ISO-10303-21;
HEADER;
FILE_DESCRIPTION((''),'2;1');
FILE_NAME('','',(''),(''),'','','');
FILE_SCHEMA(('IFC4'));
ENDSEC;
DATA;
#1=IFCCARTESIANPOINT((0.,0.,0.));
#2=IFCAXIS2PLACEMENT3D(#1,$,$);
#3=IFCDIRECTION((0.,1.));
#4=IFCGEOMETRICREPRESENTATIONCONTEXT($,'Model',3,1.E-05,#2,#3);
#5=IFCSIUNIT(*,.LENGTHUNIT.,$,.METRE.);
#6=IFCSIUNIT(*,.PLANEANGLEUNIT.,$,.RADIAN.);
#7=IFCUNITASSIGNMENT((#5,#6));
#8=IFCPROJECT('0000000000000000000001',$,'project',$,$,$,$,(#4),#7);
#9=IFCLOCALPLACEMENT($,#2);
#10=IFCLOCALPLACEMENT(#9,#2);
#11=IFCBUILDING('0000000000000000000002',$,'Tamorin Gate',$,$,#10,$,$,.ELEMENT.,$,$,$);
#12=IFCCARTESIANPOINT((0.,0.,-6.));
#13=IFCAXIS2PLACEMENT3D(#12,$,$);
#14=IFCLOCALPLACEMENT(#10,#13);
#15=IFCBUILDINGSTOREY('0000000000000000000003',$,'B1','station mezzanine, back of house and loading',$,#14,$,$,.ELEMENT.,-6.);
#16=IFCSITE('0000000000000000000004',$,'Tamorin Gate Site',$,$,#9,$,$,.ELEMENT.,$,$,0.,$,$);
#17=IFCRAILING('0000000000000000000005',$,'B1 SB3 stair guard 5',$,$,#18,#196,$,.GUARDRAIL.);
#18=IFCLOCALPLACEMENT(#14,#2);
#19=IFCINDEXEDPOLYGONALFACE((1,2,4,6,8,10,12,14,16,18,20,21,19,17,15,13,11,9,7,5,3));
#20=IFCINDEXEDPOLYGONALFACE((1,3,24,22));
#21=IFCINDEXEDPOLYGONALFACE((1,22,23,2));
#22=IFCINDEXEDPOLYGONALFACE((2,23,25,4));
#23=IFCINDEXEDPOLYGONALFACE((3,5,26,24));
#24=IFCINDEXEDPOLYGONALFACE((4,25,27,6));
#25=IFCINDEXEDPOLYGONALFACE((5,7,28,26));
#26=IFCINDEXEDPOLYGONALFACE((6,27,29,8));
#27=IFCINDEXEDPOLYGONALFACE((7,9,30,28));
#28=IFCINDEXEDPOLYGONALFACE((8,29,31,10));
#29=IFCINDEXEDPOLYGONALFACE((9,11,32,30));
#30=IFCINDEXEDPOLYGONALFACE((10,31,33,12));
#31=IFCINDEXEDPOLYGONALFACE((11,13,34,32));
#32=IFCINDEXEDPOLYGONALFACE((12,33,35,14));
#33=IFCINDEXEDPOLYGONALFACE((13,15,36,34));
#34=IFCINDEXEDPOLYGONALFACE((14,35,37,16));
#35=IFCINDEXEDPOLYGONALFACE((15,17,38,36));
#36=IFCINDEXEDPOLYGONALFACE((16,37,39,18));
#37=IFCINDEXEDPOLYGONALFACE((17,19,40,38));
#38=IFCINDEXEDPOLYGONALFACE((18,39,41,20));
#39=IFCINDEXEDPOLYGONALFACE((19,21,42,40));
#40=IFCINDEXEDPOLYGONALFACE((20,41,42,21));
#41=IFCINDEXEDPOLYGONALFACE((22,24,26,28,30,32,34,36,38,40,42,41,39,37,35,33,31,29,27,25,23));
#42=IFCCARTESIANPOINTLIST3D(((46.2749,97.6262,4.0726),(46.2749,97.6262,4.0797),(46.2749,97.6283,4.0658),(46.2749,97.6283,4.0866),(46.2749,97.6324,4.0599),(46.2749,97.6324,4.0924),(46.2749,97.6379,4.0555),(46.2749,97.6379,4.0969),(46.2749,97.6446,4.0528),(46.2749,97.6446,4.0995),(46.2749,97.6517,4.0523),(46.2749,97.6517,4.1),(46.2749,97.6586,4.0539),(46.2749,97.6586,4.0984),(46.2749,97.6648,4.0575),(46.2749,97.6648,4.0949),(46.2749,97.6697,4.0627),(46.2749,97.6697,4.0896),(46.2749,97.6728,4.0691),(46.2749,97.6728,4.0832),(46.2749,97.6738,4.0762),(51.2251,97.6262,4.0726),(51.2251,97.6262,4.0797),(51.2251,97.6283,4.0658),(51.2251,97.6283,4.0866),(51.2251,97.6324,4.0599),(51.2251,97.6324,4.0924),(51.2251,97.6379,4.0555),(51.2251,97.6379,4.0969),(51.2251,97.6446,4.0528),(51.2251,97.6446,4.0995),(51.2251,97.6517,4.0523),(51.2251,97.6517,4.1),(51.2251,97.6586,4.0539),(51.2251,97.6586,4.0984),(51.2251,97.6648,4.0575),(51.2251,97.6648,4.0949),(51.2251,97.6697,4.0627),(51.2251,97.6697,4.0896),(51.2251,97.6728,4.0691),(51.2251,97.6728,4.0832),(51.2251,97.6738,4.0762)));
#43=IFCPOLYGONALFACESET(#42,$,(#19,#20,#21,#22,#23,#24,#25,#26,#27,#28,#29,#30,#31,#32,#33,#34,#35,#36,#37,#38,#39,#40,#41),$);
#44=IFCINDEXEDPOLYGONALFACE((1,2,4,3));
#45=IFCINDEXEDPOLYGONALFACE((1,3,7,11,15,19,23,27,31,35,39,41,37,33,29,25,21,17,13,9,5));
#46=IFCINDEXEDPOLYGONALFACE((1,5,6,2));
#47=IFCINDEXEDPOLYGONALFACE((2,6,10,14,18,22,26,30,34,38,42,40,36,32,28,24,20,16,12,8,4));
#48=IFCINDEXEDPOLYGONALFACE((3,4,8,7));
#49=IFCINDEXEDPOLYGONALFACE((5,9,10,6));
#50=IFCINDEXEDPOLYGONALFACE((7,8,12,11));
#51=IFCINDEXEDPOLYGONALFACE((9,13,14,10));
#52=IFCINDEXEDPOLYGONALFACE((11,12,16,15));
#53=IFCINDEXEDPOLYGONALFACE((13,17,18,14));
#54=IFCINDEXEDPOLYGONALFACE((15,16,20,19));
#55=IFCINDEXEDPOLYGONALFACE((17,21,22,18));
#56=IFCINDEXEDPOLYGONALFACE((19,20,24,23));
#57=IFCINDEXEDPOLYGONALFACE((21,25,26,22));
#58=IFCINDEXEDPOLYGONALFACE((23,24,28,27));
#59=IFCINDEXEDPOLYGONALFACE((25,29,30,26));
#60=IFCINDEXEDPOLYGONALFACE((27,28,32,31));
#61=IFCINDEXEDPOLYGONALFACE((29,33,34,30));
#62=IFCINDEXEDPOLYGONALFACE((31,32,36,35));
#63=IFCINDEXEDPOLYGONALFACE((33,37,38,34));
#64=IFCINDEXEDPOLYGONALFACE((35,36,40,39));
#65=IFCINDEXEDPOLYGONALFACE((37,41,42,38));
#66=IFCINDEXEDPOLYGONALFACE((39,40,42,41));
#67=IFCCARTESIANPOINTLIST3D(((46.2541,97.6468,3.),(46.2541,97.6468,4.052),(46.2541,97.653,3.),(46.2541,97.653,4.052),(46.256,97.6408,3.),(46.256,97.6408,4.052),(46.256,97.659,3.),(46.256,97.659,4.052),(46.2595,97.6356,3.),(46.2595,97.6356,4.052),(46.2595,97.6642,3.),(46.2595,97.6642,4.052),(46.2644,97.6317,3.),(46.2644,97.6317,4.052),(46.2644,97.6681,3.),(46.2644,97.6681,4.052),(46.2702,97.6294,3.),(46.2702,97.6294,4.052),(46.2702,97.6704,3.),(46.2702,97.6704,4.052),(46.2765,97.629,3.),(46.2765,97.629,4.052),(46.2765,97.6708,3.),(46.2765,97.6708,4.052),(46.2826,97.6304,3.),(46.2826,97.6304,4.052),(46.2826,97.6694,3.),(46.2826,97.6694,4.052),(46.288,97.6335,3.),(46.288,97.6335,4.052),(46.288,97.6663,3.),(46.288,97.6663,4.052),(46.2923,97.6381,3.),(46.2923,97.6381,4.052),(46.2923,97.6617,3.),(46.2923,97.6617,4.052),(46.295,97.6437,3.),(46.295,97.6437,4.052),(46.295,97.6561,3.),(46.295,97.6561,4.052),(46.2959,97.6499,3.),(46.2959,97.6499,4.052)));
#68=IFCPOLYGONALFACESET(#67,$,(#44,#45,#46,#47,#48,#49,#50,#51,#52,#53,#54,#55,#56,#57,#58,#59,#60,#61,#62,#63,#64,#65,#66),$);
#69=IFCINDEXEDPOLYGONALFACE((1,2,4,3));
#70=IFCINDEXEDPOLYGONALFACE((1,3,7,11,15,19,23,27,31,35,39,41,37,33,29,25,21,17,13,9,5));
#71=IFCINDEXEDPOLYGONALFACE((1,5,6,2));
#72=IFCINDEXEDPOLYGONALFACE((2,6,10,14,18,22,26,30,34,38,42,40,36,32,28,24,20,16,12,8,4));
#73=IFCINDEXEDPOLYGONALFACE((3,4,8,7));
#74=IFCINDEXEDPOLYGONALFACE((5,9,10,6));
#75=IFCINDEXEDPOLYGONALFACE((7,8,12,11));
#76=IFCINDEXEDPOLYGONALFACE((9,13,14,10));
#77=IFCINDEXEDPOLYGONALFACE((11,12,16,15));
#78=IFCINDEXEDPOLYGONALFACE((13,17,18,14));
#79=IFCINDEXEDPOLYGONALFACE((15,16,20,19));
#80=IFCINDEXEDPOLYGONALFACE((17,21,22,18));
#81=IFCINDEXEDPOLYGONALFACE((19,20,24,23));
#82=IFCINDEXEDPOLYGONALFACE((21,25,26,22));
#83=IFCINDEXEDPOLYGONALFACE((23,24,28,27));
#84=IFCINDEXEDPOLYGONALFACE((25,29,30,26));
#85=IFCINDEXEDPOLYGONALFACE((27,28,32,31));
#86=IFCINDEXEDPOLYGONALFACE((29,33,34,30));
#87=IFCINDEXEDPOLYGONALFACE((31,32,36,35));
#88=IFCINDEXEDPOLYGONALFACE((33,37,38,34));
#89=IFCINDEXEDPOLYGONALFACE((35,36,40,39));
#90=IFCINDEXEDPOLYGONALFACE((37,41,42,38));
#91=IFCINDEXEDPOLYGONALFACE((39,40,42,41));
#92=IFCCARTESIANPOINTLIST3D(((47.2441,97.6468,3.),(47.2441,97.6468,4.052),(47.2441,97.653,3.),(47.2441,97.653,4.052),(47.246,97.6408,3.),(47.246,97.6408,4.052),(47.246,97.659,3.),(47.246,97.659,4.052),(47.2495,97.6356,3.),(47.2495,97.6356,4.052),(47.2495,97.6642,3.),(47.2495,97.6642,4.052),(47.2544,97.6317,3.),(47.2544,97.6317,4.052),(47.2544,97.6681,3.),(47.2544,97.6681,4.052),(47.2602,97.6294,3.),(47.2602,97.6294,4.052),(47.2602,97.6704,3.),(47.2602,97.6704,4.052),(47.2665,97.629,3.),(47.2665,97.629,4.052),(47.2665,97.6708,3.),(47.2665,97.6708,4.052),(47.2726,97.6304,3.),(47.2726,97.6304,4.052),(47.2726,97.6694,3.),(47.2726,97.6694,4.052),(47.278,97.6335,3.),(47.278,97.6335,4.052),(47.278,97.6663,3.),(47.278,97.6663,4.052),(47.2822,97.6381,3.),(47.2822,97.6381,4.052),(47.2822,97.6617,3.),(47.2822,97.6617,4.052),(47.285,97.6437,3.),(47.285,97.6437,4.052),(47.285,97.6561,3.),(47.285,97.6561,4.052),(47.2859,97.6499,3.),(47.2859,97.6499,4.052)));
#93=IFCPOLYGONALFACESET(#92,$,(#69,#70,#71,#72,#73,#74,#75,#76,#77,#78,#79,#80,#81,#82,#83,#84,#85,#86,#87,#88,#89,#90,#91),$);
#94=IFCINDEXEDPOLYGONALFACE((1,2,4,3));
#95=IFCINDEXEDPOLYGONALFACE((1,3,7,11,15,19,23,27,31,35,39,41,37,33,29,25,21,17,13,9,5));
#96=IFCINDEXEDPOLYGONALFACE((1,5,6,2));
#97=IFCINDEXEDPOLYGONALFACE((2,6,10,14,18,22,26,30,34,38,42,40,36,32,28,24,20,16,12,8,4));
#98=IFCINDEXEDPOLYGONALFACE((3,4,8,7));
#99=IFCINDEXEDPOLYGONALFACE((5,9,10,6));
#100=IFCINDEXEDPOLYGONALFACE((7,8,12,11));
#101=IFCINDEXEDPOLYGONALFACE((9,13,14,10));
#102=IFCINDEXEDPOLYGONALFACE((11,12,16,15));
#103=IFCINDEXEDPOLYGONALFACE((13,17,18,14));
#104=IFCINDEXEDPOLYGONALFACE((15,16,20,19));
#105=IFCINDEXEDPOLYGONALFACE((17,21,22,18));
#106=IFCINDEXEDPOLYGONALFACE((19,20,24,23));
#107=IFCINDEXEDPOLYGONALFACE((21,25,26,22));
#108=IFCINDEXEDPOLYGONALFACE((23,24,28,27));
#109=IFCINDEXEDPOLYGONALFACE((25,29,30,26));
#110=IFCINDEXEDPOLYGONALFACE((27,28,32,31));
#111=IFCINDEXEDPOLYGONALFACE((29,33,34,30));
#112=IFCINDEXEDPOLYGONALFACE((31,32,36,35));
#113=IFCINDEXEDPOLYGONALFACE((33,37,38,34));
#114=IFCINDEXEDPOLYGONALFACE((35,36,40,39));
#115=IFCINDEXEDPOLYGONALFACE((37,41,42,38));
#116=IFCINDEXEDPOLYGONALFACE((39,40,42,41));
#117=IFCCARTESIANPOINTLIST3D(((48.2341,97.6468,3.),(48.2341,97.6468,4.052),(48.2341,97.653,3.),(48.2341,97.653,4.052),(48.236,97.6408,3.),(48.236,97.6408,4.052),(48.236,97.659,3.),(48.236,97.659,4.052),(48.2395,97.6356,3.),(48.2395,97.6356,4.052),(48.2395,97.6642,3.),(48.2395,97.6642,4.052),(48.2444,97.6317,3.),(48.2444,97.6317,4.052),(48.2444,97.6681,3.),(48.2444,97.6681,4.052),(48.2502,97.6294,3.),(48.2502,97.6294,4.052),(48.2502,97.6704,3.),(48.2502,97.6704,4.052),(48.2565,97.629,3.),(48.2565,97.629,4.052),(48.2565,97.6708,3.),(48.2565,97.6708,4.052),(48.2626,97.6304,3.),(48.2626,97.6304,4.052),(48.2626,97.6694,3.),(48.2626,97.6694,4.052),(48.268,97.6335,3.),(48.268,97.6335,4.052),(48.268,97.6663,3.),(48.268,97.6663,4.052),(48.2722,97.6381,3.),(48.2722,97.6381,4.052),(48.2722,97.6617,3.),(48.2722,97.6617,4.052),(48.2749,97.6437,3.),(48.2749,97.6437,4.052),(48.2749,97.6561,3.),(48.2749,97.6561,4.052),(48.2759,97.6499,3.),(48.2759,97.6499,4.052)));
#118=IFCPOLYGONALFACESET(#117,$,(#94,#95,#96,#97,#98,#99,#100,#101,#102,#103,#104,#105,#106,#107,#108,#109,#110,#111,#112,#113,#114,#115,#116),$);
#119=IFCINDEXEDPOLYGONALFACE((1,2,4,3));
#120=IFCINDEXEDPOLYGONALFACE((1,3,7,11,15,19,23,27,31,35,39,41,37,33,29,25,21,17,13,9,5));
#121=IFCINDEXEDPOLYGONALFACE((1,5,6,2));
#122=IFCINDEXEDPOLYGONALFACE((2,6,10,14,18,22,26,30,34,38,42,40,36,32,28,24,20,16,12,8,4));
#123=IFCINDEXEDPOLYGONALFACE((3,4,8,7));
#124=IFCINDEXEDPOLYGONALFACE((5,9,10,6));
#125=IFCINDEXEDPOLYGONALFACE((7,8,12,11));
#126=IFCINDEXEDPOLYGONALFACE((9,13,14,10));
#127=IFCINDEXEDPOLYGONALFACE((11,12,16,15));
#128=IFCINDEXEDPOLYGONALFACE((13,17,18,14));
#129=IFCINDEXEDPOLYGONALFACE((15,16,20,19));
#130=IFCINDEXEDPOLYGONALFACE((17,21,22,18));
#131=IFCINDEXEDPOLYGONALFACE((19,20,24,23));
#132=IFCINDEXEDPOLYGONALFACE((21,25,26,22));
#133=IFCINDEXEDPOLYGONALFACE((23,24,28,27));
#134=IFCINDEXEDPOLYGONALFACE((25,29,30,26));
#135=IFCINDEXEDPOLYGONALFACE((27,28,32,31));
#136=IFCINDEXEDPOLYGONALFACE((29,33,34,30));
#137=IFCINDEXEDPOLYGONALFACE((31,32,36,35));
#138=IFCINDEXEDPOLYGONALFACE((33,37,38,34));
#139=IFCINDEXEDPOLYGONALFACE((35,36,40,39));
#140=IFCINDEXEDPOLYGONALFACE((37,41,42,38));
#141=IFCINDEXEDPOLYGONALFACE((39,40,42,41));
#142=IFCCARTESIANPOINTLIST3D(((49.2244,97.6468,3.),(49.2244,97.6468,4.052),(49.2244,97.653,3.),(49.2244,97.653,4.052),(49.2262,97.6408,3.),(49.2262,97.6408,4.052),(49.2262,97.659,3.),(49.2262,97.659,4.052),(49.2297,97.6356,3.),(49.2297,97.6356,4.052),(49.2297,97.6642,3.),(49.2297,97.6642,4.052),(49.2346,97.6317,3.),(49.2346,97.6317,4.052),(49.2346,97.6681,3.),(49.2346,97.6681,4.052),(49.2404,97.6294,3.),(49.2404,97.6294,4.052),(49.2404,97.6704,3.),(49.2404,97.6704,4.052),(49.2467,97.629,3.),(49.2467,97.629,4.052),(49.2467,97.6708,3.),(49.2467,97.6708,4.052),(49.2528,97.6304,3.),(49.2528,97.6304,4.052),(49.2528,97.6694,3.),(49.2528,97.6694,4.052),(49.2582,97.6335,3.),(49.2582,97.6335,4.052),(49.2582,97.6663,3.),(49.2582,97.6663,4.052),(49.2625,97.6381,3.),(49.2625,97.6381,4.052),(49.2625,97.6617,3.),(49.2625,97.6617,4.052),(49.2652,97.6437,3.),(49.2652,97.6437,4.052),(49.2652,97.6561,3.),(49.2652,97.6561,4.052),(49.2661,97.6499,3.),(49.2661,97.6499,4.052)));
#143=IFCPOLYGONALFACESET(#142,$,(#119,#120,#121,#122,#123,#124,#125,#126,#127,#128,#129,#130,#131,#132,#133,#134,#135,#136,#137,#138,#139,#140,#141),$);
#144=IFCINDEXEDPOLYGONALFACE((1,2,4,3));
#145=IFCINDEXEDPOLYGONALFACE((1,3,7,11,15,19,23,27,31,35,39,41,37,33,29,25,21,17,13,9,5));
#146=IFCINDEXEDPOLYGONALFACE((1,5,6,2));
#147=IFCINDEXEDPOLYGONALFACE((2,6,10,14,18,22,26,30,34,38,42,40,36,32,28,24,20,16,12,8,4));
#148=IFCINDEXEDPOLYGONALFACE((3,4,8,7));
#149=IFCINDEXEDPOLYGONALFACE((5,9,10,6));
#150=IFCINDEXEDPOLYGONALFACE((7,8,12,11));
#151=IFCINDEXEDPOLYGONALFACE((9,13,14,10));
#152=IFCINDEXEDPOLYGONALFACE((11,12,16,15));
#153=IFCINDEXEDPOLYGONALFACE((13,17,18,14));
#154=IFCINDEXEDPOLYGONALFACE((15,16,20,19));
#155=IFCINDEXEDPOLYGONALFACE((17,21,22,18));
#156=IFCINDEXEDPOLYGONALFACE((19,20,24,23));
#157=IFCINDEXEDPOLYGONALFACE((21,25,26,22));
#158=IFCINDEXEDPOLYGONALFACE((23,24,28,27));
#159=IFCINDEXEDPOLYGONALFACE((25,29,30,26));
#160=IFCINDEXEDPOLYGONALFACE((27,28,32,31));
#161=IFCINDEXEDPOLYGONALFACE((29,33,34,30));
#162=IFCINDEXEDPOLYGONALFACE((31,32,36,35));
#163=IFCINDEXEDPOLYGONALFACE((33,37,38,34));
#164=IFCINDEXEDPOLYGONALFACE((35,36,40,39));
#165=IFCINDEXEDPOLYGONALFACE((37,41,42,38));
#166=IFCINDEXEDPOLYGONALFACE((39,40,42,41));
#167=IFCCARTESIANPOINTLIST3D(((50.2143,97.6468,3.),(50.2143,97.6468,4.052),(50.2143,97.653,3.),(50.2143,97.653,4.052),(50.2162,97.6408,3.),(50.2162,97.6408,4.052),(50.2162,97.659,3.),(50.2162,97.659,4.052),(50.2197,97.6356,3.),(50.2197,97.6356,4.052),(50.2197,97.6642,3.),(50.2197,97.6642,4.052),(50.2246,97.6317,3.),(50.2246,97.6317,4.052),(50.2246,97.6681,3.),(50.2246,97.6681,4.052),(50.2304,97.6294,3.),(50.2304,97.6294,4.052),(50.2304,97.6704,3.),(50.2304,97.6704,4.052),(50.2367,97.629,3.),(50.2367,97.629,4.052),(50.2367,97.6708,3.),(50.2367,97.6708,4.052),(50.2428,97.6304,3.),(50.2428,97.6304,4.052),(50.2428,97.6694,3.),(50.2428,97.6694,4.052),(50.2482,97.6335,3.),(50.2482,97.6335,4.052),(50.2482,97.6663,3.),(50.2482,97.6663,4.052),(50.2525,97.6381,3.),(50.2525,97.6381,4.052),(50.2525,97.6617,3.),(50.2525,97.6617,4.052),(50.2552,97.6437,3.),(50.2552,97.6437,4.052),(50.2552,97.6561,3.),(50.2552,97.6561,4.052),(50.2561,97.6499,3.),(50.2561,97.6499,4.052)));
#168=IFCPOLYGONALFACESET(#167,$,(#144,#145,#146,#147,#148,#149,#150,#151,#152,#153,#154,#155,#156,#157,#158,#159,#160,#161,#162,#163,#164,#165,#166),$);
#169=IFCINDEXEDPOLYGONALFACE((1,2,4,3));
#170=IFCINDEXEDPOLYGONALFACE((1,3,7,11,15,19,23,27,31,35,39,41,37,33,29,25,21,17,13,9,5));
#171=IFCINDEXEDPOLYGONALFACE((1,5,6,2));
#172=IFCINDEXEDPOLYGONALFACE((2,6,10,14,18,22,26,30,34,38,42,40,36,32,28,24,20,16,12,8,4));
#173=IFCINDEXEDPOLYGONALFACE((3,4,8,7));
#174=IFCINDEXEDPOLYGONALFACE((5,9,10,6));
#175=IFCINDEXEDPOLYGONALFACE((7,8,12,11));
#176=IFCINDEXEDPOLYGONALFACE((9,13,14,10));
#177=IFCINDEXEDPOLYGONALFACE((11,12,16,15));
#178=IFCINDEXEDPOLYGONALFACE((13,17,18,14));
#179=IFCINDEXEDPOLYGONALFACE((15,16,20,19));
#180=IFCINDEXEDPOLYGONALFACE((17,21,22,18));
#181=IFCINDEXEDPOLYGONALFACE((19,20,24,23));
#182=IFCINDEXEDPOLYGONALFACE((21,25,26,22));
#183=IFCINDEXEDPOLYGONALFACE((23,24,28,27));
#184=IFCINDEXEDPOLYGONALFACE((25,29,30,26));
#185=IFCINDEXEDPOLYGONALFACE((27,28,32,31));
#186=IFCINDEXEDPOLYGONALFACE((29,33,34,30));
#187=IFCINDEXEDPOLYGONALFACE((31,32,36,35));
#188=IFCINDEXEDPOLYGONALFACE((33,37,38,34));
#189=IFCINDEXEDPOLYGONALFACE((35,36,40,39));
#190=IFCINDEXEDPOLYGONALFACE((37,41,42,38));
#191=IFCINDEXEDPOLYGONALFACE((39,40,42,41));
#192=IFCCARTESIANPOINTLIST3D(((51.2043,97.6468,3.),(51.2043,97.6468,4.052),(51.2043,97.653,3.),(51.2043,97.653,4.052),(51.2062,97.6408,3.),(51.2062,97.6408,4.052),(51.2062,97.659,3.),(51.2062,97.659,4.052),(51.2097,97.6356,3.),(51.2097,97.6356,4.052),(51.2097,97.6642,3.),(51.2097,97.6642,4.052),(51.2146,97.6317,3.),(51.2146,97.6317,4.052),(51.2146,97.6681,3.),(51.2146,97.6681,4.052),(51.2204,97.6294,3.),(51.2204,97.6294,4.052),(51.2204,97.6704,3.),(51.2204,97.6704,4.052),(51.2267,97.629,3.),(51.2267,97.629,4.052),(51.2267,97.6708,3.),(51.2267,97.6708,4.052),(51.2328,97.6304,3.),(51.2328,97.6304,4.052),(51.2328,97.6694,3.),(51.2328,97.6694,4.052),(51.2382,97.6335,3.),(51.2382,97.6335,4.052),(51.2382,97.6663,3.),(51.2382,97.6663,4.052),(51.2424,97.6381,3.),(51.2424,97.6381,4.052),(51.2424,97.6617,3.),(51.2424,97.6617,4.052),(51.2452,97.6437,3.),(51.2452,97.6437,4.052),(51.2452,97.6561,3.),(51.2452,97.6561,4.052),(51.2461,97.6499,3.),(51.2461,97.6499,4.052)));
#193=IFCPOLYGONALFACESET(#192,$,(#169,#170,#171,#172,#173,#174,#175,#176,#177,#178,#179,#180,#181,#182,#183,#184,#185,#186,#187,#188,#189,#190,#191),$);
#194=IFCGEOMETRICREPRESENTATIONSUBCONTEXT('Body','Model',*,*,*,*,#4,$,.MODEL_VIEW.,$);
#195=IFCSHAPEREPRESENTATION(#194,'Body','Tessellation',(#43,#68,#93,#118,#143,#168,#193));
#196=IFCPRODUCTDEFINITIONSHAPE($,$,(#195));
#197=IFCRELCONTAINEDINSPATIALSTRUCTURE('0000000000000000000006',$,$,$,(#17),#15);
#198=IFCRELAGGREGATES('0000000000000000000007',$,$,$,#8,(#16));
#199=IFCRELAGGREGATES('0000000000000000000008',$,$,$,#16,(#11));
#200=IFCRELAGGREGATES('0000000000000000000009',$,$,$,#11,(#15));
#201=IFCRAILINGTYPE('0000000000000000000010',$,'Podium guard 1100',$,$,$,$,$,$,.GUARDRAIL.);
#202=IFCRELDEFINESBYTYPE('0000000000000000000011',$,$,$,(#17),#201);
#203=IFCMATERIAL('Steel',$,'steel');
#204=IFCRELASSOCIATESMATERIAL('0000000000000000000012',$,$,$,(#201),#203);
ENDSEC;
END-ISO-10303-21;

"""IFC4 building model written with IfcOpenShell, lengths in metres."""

from ifc_helpers import new_model, si_unit, direction, frame, origin, origin_2d, place, context, subcontext, project, spatial, circle, extrude, material, type_object, element, save


model = new_model("IFC4")

# Units and contexts
model_context = context("Model", 3, precision=1e-05, world=origin(), true_north=direction((0.0, 1.0)))
body_context = subcontext(model_context, "Body", "Model", "MODEL_VIEW")
ifc_project = project(units=[si_unit("LENGTHUNIT", "METRE"), si_unit("PLANEANGLEUNIT", "RADIAN")], contexts=[model_context])

# Site, building, storey
site_placement = place(None, origin())
site = spatial("IfcSite", under=ifc_project, at=site_placement, Name="Tamorin Gate Site", CompositionType="ELEMENT", RefElevation=0.0)
building_placement = place(site_placement, origin())
building = spatial("IfcBuilding", under=site, at=building_placement, Name="Tamorin Gate", CompositionType="ELEMENT")
storey_placement = place(building_placement, frame((0.0, 0.0, -6.0)))
storey = spatial("IfcBuildingStorey", under=building, at=storey_placement, Name="B1", Description="station mezzanine, back of house and loading", CompositionType="ELEMENT", Elevation=-6.0)

# Railing
ifc_material_1 = material(Name="Steel", Category="steel")
railing_type_1 = type_object("IfcRailingType", Name="Podium guard 1100", PredefinedType="GUARDRAIL", material=ifc_material_1)
railing_1_placement = place(storey_placement, frame((46.2749, 97.6499, 3.0)))
element("IfcRailing", 1, at=railing_1_placement, inside=storey, type_object=railing_type_1, Name="B1 SB3 stair guard 5", PredefinedType="GUARDRAIL", context=body_context, shape_type="SweptSolid", body=[
    extrude(circle(Radius=0.0239, at=origin_2d()), frame((0.0, 0.0, 1.0762), z_axis=(1.0, 0.0, 0.0), x_axis=(0.0, 1.0, 0.0)), (0.0, 0.0, 1.0), 4.9502),
    extrude(circle(Radius=0.021, at=origin_2d()), origin(), (0.0, 0.0, 1.0), 1.052),
    extrude(circle(Radius=0.021, at=origin_2d()), frame((0.99, 0.0, 0.0)), (0.0, 0.0, 1.0), 1.052),
    extrude(circle(Radius=0.021, at=origin_2d()), frame((1.98, 0.0, 0.0)), (0.0, 0.0, 1.0), 1.052),
    extrude(circle(Radius=0.021, at=origin_2d()), frame((2.9702, 0.0, 0.0)), (0.0, 0.0, 1.0), 1.052),
    extrude(circle(Radius=0.021, at=origin_2d()), frame((3.9602, 0.0, 0.0)), (0.0, 0.0, 1.0), 1.052),
    extrude(circle(Radius=0.021, at=origin_2d()), frame((4.9502, 0.0, 0.0)), (0.0, 0.0, 1.0), 1.052),
])

save(model, "model.ifc")
